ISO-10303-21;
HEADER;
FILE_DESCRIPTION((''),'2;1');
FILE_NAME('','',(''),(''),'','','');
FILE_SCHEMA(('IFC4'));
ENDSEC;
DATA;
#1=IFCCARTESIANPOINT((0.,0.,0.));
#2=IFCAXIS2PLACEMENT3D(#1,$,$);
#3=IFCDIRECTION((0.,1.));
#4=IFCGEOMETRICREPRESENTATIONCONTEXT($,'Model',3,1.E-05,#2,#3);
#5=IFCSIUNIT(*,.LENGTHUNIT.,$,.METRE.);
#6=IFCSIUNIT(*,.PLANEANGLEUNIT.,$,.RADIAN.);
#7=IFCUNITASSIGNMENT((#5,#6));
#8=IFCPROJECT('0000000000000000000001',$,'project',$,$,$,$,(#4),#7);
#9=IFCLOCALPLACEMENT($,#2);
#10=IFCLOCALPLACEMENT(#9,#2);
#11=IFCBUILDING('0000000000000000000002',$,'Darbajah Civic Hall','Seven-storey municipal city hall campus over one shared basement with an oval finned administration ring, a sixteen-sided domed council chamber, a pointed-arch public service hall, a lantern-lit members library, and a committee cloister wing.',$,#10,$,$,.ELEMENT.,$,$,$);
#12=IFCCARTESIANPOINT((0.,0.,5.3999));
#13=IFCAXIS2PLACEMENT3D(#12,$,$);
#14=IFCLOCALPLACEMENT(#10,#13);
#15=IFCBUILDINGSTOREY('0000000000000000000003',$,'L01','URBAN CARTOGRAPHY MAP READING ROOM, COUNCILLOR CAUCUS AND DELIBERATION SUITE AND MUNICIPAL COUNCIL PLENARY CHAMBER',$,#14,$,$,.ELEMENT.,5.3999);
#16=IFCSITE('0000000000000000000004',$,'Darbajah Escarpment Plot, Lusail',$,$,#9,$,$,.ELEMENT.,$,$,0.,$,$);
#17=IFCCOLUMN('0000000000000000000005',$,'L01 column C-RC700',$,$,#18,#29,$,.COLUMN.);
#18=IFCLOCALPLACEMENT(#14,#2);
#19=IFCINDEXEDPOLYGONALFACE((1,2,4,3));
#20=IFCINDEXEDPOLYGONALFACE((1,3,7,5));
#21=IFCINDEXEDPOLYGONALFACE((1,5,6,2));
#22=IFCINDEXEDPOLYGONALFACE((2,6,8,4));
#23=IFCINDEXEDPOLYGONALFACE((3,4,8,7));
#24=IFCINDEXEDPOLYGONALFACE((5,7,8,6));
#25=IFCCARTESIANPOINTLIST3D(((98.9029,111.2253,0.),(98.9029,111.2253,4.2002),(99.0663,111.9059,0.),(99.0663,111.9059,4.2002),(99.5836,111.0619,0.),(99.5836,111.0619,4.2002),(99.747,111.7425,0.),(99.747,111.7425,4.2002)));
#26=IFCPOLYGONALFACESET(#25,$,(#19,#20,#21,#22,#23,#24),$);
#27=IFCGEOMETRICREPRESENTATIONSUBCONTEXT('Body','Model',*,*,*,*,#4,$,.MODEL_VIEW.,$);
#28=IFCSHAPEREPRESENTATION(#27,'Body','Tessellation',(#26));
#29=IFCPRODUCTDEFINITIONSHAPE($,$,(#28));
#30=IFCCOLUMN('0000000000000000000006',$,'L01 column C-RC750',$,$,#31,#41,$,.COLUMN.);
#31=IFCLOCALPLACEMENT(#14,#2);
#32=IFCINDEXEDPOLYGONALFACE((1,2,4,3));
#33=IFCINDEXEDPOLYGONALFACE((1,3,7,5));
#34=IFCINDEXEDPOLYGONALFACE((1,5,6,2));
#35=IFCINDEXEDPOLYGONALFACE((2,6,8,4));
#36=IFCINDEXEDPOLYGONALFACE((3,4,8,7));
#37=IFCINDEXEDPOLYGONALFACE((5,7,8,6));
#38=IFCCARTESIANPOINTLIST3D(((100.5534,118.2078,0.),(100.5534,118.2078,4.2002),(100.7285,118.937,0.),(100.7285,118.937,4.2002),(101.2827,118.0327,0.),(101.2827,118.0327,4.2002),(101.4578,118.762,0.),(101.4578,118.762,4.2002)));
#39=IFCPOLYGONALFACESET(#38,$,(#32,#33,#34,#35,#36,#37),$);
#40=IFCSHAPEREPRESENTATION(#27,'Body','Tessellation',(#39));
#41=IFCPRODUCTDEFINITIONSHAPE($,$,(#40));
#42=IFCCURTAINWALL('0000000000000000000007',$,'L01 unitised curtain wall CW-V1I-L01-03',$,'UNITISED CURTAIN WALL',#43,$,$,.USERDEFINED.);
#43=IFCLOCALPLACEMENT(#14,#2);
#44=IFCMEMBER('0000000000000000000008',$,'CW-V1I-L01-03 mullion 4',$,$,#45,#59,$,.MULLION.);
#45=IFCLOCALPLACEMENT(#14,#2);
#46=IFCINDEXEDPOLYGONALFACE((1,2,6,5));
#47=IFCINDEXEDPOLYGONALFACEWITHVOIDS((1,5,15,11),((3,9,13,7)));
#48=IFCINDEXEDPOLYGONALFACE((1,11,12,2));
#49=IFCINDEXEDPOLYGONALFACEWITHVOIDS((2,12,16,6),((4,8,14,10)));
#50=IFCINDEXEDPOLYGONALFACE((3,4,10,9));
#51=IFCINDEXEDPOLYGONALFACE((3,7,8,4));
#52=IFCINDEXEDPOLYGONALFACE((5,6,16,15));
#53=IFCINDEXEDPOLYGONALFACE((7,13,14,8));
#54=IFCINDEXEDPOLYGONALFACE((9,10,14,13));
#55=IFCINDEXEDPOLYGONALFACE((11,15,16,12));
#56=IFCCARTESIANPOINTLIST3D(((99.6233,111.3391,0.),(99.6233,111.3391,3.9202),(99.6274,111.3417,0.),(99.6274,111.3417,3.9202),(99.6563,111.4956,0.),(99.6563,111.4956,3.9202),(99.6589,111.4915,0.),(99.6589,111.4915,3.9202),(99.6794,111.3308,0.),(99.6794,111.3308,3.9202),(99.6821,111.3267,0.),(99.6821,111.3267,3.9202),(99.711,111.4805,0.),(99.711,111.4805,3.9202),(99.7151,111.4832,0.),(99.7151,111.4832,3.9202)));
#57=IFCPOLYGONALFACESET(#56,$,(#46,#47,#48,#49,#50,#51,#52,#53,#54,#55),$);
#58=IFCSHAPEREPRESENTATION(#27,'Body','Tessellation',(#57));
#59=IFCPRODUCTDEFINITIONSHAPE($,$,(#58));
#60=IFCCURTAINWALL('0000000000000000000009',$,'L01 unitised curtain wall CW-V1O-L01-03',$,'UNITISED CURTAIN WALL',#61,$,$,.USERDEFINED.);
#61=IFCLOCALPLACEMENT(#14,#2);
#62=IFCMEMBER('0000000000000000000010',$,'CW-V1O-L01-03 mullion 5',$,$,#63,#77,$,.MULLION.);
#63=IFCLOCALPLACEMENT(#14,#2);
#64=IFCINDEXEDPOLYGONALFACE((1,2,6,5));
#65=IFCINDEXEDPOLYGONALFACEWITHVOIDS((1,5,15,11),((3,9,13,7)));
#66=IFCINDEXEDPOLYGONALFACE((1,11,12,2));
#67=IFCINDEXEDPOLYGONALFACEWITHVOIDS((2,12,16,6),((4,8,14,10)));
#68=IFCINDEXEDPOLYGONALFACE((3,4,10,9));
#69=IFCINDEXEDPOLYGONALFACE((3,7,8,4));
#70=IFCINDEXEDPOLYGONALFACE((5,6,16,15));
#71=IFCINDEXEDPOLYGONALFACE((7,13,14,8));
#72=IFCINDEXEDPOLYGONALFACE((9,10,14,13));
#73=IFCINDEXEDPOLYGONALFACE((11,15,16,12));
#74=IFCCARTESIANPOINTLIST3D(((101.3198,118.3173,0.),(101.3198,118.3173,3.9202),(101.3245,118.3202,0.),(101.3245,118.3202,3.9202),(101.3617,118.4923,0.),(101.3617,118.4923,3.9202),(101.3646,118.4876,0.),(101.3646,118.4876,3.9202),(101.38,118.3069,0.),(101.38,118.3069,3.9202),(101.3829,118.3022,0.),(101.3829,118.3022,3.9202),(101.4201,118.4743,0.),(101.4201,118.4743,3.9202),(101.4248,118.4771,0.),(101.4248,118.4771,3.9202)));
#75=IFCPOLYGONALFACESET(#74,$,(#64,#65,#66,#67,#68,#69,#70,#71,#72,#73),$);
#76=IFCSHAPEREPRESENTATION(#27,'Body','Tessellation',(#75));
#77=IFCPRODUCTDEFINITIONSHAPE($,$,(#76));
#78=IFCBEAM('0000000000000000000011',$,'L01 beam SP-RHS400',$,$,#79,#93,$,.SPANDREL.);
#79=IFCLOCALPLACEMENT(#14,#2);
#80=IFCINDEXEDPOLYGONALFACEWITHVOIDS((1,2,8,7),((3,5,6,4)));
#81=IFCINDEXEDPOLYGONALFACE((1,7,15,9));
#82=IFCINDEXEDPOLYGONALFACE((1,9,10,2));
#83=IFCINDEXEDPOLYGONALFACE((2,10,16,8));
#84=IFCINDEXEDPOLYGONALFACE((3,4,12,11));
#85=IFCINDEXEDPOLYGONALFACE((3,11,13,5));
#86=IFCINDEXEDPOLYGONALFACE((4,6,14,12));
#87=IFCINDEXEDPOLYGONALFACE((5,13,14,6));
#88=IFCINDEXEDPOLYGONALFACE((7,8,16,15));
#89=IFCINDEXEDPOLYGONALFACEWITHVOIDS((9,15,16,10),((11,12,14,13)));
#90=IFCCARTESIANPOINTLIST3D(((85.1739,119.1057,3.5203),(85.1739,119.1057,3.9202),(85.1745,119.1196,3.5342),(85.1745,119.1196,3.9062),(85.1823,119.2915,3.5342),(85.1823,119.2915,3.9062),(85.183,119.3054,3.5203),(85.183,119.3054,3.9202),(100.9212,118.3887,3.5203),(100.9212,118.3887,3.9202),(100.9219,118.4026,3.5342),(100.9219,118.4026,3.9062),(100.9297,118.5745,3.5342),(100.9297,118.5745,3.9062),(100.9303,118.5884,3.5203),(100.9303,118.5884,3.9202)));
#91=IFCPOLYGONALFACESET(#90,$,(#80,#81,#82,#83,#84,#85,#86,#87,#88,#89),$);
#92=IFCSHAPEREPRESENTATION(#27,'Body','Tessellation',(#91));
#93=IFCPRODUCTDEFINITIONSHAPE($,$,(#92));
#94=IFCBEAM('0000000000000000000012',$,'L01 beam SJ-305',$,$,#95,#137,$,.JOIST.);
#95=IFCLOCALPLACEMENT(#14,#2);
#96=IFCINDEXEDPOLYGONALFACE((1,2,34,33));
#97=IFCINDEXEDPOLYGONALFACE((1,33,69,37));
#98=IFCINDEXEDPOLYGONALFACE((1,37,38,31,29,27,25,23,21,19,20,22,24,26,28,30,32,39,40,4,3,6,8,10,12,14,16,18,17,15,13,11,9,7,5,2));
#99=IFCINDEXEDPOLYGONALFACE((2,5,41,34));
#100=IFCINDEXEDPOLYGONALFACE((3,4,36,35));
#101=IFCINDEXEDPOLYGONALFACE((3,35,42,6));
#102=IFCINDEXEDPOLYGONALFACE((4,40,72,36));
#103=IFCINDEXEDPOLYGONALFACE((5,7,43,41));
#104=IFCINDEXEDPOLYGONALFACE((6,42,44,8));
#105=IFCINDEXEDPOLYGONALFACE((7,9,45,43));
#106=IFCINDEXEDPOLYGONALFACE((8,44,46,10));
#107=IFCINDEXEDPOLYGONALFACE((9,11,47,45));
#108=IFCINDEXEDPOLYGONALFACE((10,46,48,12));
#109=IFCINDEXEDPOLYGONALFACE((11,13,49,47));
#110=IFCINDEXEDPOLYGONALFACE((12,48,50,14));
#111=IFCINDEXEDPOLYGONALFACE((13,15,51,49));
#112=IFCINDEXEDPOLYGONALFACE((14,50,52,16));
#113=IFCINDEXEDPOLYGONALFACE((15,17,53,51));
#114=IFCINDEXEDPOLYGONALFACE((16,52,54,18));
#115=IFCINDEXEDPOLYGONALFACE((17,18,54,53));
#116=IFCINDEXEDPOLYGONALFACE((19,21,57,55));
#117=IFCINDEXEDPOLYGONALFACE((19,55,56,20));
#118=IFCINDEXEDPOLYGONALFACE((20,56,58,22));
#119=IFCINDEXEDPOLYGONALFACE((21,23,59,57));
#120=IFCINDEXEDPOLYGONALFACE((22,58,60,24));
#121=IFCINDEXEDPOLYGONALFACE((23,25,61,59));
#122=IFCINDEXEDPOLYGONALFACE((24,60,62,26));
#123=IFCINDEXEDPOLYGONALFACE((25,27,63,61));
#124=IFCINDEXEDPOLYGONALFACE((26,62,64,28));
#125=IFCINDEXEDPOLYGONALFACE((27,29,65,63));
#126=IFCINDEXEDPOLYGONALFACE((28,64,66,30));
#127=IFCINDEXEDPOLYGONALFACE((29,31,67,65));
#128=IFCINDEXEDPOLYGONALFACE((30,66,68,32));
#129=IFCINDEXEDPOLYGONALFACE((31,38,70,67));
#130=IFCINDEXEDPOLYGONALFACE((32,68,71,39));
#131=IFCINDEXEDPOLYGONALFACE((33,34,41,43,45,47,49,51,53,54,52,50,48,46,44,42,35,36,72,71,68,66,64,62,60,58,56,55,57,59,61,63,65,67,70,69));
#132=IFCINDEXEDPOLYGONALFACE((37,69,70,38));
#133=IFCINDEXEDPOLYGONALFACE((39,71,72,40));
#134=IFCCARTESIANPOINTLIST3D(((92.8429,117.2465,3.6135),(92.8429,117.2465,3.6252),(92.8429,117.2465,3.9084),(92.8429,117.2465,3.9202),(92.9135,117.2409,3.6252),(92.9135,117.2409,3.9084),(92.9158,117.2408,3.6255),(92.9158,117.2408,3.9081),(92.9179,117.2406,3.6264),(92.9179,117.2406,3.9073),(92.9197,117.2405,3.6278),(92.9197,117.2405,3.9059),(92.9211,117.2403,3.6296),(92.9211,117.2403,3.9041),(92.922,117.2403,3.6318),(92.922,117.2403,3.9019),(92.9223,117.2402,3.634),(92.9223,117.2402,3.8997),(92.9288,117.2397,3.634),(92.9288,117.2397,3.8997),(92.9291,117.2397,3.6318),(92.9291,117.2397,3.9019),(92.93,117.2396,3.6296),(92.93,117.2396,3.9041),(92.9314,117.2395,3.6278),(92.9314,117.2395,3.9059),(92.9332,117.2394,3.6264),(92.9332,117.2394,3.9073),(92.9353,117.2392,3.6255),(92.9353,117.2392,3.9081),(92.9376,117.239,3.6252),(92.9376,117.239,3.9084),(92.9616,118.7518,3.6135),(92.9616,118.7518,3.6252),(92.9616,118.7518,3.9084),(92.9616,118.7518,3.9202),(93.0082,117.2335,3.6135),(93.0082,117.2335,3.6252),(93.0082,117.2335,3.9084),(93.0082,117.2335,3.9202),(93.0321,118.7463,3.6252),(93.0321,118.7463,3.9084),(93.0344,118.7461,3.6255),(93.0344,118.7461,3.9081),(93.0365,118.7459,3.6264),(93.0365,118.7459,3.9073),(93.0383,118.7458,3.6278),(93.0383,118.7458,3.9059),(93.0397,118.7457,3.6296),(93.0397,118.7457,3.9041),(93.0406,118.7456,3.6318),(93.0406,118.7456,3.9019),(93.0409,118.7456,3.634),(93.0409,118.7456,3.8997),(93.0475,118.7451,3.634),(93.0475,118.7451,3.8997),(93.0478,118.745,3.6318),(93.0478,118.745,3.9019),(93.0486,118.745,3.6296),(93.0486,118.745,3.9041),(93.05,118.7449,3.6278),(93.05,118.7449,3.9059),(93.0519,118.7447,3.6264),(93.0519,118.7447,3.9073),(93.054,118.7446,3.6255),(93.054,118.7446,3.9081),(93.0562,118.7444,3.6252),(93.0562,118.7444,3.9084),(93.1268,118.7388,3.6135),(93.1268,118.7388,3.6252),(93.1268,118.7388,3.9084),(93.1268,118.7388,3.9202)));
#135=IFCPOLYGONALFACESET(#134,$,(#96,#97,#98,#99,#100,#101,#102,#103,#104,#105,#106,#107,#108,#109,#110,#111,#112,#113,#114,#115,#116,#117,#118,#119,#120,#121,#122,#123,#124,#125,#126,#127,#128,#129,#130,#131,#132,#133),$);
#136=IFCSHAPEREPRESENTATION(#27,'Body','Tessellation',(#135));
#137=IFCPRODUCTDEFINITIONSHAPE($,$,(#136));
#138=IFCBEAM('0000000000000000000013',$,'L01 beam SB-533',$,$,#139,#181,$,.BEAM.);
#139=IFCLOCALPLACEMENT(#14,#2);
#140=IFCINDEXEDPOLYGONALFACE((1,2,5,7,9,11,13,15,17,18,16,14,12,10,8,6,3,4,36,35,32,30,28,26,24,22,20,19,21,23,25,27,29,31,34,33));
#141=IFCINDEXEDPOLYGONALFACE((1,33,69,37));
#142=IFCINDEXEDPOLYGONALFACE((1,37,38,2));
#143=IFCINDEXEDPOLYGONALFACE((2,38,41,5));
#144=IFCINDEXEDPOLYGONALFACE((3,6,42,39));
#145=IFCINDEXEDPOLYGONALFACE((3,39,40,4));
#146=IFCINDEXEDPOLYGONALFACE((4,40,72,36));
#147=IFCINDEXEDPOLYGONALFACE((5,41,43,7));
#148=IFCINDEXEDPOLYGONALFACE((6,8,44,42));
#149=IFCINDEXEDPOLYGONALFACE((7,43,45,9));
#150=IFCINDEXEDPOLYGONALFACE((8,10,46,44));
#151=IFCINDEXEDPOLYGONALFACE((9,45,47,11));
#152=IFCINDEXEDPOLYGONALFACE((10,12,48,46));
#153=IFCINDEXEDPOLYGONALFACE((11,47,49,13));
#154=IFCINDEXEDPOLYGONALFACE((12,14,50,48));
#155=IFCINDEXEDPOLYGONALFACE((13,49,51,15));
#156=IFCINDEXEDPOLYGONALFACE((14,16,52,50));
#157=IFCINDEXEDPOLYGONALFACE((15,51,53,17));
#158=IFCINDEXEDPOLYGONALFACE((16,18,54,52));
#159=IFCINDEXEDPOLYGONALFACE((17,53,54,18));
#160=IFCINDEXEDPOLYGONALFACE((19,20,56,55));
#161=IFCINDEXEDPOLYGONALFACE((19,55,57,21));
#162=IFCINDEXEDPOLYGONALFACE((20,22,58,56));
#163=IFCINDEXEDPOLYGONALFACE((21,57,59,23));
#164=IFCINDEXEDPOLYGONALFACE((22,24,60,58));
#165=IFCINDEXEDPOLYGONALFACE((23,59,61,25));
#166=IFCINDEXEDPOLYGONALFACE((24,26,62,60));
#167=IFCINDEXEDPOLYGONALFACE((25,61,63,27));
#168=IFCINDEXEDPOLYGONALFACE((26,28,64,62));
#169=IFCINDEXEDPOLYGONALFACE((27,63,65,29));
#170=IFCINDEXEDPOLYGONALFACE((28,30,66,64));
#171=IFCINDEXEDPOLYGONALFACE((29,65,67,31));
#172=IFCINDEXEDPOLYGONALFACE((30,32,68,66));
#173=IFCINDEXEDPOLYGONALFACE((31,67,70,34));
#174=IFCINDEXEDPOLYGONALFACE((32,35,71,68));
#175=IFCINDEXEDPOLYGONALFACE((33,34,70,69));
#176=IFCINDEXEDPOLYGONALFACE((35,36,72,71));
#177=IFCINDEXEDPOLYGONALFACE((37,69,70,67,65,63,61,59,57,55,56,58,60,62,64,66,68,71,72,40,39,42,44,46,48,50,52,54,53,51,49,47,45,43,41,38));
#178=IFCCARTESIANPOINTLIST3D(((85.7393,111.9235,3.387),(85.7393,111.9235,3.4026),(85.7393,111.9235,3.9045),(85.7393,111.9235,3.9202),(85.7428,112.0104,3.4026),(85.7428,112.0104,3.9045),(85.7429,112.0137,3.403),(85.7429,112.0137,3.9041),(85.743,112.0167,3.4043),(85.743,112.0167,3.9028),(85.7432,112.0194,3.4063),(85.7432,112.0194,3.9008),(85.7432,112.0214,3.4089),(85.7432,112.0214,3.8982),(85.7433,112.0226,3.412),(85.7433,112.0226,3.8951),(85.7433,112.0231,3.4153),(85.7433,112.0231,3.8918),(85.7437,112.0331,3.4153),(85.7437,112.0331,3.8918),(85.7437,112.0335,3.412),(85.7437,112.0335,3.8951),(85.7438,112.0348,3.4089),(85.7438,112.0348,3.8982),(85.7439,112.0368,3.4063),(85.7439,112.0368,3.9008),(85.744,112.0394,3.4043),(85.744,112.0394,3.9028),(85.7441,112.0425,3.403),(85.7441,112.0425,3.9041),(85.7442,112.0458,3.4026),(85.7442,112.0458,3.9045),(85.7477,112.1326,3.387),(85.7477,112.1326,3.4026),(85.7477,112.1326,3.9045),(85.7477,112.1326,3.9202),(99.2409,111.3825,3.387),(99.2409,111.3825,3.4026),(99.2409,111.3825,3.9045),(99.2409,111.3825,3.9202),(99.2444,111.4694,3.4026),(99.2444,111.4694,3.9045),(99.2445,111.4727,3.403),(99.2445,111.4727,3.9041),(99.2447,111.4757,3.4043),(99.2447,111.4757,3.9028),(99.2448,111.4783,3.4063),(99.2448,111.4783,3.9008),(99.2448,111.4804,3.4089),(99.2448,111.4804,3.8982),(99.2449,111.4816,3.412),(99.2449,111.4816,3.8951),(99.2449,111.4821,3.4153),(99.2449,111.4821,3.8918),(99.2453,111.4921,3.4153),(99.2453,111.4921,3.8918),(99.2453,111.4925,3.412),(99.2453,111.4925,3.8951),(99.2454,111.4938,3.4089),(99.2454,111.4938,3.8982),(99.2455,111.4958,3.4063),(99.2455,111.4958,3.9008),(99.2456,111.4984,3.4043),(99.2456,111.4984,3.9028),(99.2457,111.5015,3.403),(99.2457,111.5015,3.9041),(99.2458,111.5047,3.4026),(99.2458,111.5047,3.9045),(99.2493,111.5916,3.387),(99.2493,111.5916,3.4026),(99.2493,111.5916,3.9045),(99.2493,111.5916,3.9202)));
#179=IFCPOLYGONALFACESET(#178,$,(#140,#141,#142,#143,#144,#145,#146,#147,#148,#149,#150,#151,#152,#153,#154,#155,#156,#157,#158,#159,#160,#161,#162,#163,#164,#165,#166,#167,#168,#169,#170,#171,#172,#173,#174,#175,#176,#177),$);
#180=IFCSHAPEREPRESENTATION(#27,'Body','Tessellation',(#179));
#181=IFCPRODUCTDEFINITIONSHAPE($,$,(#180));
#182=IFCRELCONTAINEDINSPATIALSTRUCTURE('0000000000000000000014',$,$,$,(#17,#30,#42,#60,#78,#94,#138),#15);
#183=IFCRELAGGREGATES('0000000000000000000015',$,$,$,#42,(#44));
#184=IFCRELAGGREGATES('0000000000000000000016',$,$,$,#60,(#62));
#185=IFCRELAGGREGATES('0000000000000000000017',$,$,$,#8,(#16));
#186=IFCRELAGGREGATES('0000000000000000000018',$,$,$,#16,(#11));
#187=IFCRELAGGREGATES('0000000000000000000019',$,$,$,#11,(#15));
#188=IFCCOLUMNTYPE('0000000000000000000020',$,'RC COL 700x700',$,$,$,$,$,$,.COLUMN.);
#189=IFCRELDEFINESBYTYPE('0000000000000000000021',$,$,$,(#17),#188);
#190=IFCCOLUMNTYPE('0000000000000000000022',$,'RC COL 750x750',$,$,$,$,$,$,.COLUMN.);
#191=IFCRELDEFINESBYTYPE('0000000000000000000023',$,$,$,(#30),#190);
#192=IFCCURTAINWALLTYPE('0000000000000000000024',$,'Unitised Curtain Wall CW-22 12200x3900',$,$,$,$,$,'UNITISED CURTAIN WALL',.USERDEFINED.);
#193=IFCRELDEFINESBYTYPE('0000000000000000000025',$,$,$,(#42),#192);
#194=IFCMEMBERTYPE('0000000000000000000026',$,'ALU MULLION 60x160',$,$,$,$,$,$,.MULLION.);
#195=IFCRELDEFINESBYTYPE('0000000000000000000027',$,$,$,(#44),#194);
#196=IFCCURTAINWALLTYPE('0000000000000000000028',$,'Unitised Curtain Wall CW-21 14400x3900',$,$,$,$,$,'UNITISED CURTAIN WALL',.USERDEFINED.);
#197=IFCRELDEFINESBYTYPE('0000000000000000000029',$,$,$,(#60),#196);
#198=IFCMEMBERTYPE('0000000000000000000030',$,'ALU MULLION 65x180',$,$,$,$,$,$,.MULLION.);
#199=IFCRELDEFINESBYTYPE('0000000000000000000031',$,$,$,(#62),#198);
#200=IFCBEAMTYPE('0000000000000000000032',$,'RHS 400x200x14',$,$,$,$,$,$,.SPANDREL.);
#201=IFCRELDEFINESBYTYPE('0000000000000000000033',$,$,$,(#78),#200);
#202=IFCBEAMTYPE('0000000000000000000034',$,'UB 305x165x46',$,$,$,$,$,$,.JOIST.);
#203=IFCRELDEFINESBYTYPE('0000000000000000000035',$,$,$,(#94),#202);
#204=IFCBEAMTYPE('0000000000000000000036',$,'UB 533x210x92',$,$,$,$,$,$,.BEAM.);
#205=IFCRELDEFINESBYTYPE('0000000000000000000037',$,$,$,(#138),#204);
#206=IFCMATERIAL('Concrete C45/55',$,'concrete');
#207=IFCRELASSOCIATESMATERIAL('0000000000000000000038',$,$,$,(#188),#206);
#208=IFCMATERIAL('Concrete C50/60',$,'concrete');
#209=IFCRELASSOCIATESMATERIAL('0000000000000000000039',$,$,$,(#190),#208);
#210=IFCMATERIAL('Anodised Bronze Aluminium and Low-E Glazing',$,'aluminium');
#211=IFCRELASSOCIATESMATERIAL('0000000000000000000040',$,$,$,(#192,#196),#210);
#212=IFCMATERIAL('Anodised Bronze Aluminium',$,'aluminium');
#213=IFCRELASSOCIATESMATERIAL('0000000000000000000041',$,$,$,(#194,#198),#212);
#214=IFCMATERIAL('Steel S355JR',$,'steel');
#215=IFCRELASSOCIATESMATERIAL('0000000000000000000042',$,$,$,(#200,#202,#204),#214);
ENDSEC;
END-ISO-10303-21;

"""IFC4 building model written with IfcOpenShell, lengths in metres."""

from ifc_helpers import new_model, si_unit, direction, frame, origin, origin_2d, place, context, subcontext, project, spatial, rectangle, hollow_rectangle, i_section, extrude, material, material_profile, profile_set, type_object, element, aggregate, save


model = new_model("IFC4")

# Units and contexts
model_context = context("Model", 3, precision=1e-05, world=origin(), true_north=direction((0.0, 1.0)))
body_context = subcontext(model_context, "Body", "Model", "MODEL_VIEW")
ifc_project = project(units=[si_unit("LENGTHUNIT", "METRE"), si_unit("PLANEANGLEUNIT", "RADIAN")], contexts=[model_context])

# Site, building, storey
site_placement = place(None, origin())
site = spatial("IfcSite", under=ifc_project, at=site_placement, Name="Darbajah Escarpment Plot, Lusail", CompositionType="ELEMENT", RefElevation=0.0)
building_placement = place(site_placement, origin())
building = spatial("IfcBuilding", under=site, at=building_placement, Name="Darbajah Civic Hall", Description="Seven-storey municipal city hall campus over one shared basement with an oval finned administration ring, a sixteen-sided domed council chamber, a pointed-arch public service hall, a lantern-lit members library, and a committee cloister wing.", CompositionType="ELEMENT")
storey_placement = place(building_placement, frame((0.0, 0.0, 5.3999)))
storey = spatial("IfcBuildingStorey", under=building, at=storey_placement, Name="L01", Description="URBAN CARTOGRAPHY MAP READING ROOM, COUNCILLOR CAUCUS AND DELIBERATION SUITE AND MUNICIPAL COUNCIL PLENARY CHAMBER", CompositionType="ELEMENT", Elevation=5.3999)

# Columns
ifc_material_1 = material(Name="Concrete C45/55", Category="concrete")
ifc_material_profile_1 = material_profile(ifc_material_1, rectangle(XDim=0.7, YDim=0.7, at=origin_2d()), Name="RC COL 700x700")
ifc_profile_set_1 = profile_set([ifc_material_profile_1], Name="Concrete C45/55")
column_type_1 = type_object("IfcColumnType", Name="RC COL 700x700", PredefinedType="COLUMN", material=ifc_profile_set_1)
column_1_placement = place(storey_placement, frame((99.325, 111.4839, 0.0), z_axis=(0.0, 0.0, 1.0), x_axis=(0.233445, 0.97237, 0.0)))
element("IfcColumn", 1, at=column_1_placement, inside=storey, type_object=column_type_1, Name="L01 column C-RC700", PredefinedType="COLUMN", context=body_context, shape_type="SweptSolid", body=[
    extrude(rectangle(XDim=0.7, YDim=0.7, at=origin_2d()), origin(), (0.0, 0.0, 1.0), 4.2002),
])
ifc_material_2 = material(Name="Concrete C50/60", Category="concrete")
ifc_material_profile_2 = material_profile(ifc_material_2, rectangle(XDim=0.75, YDim=0.75, at=origin_2d()), Name="RC COL 750x750")
ifc_profile_set_2 = profile_set([ifc_material_profile_2], Name="Concrete C50/60")
column_type_2 = type_object("IfcColumnType", Name="RC COL 750x750", PredefinedType="COLUMN", material=ifc_profile_set_2)
column_2_placement = place(storey_placement, frame((101.0056, 118.4849, 0.0), z_axis=(0.0, 0.0, 1.0), x_axis=(0.233445, 0.97237, 0.0)))
element("IfcColumn", 2, at=column_2_placement, inside=storey, type_object=column_type_2, Name="L01 column C-RC750", PredefinedType="COLUMN", context=body_context, shape_type="SweptSolid", body=[
    extrude(rectangle(XDim=0.75, YDim=0.75, at=origin_2d()), origin(), (0.0, 0.0, 1.0), 4.2002),
])

# Curtain walls, members
ifc_material_3 = material(Name="Anodised Bronze Aluminium and Low-E Glazing", Category="aluminium")
curtain_wall_type_1 = type_object("IfcCurtainWallType", Name="Unitised Curtain Wall CW-22 12200x3900", ElementType="UNITISED CURTAIN WALL", PredefinedType="USERDEFINED", material=ifc_material_3)
curtain_wall_1_placement = place(storey_placement, origin())
curtain_wall_1 = element("IfcCurtainWall", 3, at=curtain_wall_1_placement, inside=storey, type_object=curtain_wall_type_1, Name="L01 unitised curtain wall CW-V1I-L01-03", ObjectType="UNITISED CURTAIN WALL", PredefinedType="USERDEFINED")
ifc_material_4 = material(Name="Anodised Bronze Aluminium", Category="aluminium")
ifc_material_profile_3 = material_profile(ifc_material_4, hollow_rectangle(XDim=0.0601, YDim=0.1599, WallThickness=0.0034, at=origin_2d()), Name="ALU MULLION 60x160")
ifc_profile_set_3 = profile_set([ifc_material_profile_3], Name="Anodised Bronze Aluminium")
member_type_1 = type_object("IfcMemberType", Name="ALU MULLION 60x160", PredefinedType="MULLION", material=ifc_profile_set_3)
member_1_placement = place(storey_placement, frame((99.6692, 111.4111, 0.0), z_axis=(0.0, 0.0, 1.0), x_axis=(-0.978473, 0.206375, 0.0)))
member_1 = element("IfcMember", 4, at=member_1_placement, type_object=member_type_1, Name="CW-V1I-L01-03 mullion 4", PredefinedType="MULLION", context=body_context, shape_type="SweptSolid", body=[
    extrude(hollow_rectangle(XDim=0.0601, YDim=0.1599, WallThickness=0.0034, at=origin_2d()), origin(), (0.0, 0.0, 1.0), 3.9202),
])
aggregate(curtain_wall_1, [member_1])
curtain_wall_type_2 = type_object("IfcCurtainWallType", Name="Unitised Curtain Wall CW-21 14400x3900", ElementType="UNITISED CURTAIN WALL", PredefinedType="USERDEFINED", material=ifc_material_3)
curtain_wall_2_placement = place(storey_placement, origin())
curtain_wall_2 = element("IfcCurtainWall", 5, at=curtain_wall_2_placement, inside=storey, type_object=curtain_wall_type_2, Name="L01 unitised curtain wall CW-V1O-L01-03", ObjectType="UNITISED CURTAIN WALL", PredefinedType="USERDEFINED")
ifc_material_profile_4 = material_profile(ifc_material_4, hollow_rectangle(XDim=0.0649, YDim=0.1799, WallThickness=0.0039, at=origin_2d()), Name="ALU MULLION 65x180")
ifc_profile_set_4 = profile_set([ifc_material_profile_4], Name="Anodised Bronze Aluminium")
member_type_2 = type_object("IfcMemberType", Name="ALU MULLION 65x180", PredefinedType="MULLION", material=ifc_profile_set_4)
member_2_placement = place(storey_placement, frame((101.3723, 118.3972, 0.0), z_axis=(0.0, 0.0, 1.0), x_axis=(-0.972492, 0.232936, 0.0)))
member_2 = element("IfcMember", 6, at=member_2_placement, type_object=member_type_2, Name="CW-V1O-L01-03 mullion 5", PredefinedType="MULLION", context=body_context, shape_type="SweptSolid", body=[
    extrude(hollow_rectangle(XDim=0.0649, YDim=0.1799, WallThickness=0.0039, at=origin_2d()), origin(), (0.0, 0.0, 1.0), 3.9202),
])
aggregate(curtain_wall_2, [member_2])

# Beams
ifc_material_5 = material(Name="Steel S355JR", Category="steel")
ifc_material_profile_5 = material_profile(ifc_material_5, hollow_rectangle(XDim=0.2, YDim=0.3999, WallThickness=0.0139, at=origin_2d()), Name="RHS 400x200x14")
ifc_profile_set_5 = profile_set([ifc_material_profile_5], Name="Steel S355JR")
beam_type_1 = type_object("IfcBeamType", Name="RHS 400x200x14", PredefinedType="SPANDREL", material=ifc_profile_set_5)
beam_1_placement = place(storey_placement, frame((100.9258, 118.4885, 3.7202), z_axis=(-0.998965, 0.045487, 0.0), x_axis=(-0.045487, -0.998965, 0.0)))
element("IfcBeam", 7, at=beam_1_placement, inside=storey, type_object=beam_type_1, Name="L01 beam SP-RHS400", PredefinedType="SPANDREL", context=body_context, shape_type="SweptSolid", body=[
    extrude(hollow_rectangle(XDim=0.2, YDim=0.3999, WallThickness=0.0139, at=origin_2d()), origin(), (0.0, 0.0, 1.0), 15.7637),
])
ifc_material_profile_6 = material_profile(ifc_material_5, i_section(OverallWidth=0.1658, OverallDepth=0.3066, WebThickness=0.0066, FlangeThickness=0.0117, FilletRadius=0.0088, at=origin_2d()), Name="UB 305x165x46")
ifc_profile_set_6 = profile_set([ifc_material_profile_6], Name="Steel S355JR")
beam_type_2 = type_object("IfcBeamType", Name="UB 305x165x46", PredefinedType="JOIST", material=ifc_profile_set_6)
beam_2_placement = place(storey_placement, frame((92.9255, 117.24, 3.7668), z_axis=(0.078576, 0.996908, 0.0), x_axis=(-0.996908, 0.078576, 0.0)))
element("IfcBeam", 8, at=beam_2_placement, inside=storey, type_object=beam_type_2, Name="L01 beam SJ-305", PredefinedType="JOIST", context=body_context, shape_type="SweptSolid", body=[
    extrude(i_section(OverallWidth=0.1658, OverallDepth=0.3066, WebThickness=0.0066, FlangeThickness=0.0117, FilletRadius=0.0088, at=origin_2d()), origin(), (0.0, 0.0, 1.0), 1.51),
])
ifc_material_profile_7 = material_profile(ifc_material_5, i_section(OverallWidth=0.2092, OverallDepth=0.5332, WebThickness=0.01, FlangeThickness=0.0156, FilletRadius=0.0127, at=origin_2d()), Name="UB 533x210x92")
ifc_profile_set_7 = profile_set([ifc_material_profile_7], Name="Steel S355JR")
beam_type_3 = type_object("IfcBeamType", Name="UB 533x210x92", PredefinedType="BEAM", material=ifc_profile_set_7)
beam_3_placement = place(storey_placement, frame((99.2451, 111.4871, 3.6536), z_axis=(-0.999198, 0.040038, 0.0), x_axis=(-0.040038, -0.999198, 0.0)))
element("IfcBeam", 9, at=beam_3_placement, inside=storey, type_object=beam_type_3, Name="L01 beam SB-533", PredefinedType="BEAM", context=body_context, shape_type="SweptSolid", body=[
    extrude(i_section(OverallWidth=0.2092, OverallDepth=0.5332, WebThickness=0.01, FlangeThickness=0.0156, FilletRadius=0.0127, at=origin_2d()), origin(), (0.0, 0.0, 1.0), 13.5125),
])

save(model, "model.ifc")
